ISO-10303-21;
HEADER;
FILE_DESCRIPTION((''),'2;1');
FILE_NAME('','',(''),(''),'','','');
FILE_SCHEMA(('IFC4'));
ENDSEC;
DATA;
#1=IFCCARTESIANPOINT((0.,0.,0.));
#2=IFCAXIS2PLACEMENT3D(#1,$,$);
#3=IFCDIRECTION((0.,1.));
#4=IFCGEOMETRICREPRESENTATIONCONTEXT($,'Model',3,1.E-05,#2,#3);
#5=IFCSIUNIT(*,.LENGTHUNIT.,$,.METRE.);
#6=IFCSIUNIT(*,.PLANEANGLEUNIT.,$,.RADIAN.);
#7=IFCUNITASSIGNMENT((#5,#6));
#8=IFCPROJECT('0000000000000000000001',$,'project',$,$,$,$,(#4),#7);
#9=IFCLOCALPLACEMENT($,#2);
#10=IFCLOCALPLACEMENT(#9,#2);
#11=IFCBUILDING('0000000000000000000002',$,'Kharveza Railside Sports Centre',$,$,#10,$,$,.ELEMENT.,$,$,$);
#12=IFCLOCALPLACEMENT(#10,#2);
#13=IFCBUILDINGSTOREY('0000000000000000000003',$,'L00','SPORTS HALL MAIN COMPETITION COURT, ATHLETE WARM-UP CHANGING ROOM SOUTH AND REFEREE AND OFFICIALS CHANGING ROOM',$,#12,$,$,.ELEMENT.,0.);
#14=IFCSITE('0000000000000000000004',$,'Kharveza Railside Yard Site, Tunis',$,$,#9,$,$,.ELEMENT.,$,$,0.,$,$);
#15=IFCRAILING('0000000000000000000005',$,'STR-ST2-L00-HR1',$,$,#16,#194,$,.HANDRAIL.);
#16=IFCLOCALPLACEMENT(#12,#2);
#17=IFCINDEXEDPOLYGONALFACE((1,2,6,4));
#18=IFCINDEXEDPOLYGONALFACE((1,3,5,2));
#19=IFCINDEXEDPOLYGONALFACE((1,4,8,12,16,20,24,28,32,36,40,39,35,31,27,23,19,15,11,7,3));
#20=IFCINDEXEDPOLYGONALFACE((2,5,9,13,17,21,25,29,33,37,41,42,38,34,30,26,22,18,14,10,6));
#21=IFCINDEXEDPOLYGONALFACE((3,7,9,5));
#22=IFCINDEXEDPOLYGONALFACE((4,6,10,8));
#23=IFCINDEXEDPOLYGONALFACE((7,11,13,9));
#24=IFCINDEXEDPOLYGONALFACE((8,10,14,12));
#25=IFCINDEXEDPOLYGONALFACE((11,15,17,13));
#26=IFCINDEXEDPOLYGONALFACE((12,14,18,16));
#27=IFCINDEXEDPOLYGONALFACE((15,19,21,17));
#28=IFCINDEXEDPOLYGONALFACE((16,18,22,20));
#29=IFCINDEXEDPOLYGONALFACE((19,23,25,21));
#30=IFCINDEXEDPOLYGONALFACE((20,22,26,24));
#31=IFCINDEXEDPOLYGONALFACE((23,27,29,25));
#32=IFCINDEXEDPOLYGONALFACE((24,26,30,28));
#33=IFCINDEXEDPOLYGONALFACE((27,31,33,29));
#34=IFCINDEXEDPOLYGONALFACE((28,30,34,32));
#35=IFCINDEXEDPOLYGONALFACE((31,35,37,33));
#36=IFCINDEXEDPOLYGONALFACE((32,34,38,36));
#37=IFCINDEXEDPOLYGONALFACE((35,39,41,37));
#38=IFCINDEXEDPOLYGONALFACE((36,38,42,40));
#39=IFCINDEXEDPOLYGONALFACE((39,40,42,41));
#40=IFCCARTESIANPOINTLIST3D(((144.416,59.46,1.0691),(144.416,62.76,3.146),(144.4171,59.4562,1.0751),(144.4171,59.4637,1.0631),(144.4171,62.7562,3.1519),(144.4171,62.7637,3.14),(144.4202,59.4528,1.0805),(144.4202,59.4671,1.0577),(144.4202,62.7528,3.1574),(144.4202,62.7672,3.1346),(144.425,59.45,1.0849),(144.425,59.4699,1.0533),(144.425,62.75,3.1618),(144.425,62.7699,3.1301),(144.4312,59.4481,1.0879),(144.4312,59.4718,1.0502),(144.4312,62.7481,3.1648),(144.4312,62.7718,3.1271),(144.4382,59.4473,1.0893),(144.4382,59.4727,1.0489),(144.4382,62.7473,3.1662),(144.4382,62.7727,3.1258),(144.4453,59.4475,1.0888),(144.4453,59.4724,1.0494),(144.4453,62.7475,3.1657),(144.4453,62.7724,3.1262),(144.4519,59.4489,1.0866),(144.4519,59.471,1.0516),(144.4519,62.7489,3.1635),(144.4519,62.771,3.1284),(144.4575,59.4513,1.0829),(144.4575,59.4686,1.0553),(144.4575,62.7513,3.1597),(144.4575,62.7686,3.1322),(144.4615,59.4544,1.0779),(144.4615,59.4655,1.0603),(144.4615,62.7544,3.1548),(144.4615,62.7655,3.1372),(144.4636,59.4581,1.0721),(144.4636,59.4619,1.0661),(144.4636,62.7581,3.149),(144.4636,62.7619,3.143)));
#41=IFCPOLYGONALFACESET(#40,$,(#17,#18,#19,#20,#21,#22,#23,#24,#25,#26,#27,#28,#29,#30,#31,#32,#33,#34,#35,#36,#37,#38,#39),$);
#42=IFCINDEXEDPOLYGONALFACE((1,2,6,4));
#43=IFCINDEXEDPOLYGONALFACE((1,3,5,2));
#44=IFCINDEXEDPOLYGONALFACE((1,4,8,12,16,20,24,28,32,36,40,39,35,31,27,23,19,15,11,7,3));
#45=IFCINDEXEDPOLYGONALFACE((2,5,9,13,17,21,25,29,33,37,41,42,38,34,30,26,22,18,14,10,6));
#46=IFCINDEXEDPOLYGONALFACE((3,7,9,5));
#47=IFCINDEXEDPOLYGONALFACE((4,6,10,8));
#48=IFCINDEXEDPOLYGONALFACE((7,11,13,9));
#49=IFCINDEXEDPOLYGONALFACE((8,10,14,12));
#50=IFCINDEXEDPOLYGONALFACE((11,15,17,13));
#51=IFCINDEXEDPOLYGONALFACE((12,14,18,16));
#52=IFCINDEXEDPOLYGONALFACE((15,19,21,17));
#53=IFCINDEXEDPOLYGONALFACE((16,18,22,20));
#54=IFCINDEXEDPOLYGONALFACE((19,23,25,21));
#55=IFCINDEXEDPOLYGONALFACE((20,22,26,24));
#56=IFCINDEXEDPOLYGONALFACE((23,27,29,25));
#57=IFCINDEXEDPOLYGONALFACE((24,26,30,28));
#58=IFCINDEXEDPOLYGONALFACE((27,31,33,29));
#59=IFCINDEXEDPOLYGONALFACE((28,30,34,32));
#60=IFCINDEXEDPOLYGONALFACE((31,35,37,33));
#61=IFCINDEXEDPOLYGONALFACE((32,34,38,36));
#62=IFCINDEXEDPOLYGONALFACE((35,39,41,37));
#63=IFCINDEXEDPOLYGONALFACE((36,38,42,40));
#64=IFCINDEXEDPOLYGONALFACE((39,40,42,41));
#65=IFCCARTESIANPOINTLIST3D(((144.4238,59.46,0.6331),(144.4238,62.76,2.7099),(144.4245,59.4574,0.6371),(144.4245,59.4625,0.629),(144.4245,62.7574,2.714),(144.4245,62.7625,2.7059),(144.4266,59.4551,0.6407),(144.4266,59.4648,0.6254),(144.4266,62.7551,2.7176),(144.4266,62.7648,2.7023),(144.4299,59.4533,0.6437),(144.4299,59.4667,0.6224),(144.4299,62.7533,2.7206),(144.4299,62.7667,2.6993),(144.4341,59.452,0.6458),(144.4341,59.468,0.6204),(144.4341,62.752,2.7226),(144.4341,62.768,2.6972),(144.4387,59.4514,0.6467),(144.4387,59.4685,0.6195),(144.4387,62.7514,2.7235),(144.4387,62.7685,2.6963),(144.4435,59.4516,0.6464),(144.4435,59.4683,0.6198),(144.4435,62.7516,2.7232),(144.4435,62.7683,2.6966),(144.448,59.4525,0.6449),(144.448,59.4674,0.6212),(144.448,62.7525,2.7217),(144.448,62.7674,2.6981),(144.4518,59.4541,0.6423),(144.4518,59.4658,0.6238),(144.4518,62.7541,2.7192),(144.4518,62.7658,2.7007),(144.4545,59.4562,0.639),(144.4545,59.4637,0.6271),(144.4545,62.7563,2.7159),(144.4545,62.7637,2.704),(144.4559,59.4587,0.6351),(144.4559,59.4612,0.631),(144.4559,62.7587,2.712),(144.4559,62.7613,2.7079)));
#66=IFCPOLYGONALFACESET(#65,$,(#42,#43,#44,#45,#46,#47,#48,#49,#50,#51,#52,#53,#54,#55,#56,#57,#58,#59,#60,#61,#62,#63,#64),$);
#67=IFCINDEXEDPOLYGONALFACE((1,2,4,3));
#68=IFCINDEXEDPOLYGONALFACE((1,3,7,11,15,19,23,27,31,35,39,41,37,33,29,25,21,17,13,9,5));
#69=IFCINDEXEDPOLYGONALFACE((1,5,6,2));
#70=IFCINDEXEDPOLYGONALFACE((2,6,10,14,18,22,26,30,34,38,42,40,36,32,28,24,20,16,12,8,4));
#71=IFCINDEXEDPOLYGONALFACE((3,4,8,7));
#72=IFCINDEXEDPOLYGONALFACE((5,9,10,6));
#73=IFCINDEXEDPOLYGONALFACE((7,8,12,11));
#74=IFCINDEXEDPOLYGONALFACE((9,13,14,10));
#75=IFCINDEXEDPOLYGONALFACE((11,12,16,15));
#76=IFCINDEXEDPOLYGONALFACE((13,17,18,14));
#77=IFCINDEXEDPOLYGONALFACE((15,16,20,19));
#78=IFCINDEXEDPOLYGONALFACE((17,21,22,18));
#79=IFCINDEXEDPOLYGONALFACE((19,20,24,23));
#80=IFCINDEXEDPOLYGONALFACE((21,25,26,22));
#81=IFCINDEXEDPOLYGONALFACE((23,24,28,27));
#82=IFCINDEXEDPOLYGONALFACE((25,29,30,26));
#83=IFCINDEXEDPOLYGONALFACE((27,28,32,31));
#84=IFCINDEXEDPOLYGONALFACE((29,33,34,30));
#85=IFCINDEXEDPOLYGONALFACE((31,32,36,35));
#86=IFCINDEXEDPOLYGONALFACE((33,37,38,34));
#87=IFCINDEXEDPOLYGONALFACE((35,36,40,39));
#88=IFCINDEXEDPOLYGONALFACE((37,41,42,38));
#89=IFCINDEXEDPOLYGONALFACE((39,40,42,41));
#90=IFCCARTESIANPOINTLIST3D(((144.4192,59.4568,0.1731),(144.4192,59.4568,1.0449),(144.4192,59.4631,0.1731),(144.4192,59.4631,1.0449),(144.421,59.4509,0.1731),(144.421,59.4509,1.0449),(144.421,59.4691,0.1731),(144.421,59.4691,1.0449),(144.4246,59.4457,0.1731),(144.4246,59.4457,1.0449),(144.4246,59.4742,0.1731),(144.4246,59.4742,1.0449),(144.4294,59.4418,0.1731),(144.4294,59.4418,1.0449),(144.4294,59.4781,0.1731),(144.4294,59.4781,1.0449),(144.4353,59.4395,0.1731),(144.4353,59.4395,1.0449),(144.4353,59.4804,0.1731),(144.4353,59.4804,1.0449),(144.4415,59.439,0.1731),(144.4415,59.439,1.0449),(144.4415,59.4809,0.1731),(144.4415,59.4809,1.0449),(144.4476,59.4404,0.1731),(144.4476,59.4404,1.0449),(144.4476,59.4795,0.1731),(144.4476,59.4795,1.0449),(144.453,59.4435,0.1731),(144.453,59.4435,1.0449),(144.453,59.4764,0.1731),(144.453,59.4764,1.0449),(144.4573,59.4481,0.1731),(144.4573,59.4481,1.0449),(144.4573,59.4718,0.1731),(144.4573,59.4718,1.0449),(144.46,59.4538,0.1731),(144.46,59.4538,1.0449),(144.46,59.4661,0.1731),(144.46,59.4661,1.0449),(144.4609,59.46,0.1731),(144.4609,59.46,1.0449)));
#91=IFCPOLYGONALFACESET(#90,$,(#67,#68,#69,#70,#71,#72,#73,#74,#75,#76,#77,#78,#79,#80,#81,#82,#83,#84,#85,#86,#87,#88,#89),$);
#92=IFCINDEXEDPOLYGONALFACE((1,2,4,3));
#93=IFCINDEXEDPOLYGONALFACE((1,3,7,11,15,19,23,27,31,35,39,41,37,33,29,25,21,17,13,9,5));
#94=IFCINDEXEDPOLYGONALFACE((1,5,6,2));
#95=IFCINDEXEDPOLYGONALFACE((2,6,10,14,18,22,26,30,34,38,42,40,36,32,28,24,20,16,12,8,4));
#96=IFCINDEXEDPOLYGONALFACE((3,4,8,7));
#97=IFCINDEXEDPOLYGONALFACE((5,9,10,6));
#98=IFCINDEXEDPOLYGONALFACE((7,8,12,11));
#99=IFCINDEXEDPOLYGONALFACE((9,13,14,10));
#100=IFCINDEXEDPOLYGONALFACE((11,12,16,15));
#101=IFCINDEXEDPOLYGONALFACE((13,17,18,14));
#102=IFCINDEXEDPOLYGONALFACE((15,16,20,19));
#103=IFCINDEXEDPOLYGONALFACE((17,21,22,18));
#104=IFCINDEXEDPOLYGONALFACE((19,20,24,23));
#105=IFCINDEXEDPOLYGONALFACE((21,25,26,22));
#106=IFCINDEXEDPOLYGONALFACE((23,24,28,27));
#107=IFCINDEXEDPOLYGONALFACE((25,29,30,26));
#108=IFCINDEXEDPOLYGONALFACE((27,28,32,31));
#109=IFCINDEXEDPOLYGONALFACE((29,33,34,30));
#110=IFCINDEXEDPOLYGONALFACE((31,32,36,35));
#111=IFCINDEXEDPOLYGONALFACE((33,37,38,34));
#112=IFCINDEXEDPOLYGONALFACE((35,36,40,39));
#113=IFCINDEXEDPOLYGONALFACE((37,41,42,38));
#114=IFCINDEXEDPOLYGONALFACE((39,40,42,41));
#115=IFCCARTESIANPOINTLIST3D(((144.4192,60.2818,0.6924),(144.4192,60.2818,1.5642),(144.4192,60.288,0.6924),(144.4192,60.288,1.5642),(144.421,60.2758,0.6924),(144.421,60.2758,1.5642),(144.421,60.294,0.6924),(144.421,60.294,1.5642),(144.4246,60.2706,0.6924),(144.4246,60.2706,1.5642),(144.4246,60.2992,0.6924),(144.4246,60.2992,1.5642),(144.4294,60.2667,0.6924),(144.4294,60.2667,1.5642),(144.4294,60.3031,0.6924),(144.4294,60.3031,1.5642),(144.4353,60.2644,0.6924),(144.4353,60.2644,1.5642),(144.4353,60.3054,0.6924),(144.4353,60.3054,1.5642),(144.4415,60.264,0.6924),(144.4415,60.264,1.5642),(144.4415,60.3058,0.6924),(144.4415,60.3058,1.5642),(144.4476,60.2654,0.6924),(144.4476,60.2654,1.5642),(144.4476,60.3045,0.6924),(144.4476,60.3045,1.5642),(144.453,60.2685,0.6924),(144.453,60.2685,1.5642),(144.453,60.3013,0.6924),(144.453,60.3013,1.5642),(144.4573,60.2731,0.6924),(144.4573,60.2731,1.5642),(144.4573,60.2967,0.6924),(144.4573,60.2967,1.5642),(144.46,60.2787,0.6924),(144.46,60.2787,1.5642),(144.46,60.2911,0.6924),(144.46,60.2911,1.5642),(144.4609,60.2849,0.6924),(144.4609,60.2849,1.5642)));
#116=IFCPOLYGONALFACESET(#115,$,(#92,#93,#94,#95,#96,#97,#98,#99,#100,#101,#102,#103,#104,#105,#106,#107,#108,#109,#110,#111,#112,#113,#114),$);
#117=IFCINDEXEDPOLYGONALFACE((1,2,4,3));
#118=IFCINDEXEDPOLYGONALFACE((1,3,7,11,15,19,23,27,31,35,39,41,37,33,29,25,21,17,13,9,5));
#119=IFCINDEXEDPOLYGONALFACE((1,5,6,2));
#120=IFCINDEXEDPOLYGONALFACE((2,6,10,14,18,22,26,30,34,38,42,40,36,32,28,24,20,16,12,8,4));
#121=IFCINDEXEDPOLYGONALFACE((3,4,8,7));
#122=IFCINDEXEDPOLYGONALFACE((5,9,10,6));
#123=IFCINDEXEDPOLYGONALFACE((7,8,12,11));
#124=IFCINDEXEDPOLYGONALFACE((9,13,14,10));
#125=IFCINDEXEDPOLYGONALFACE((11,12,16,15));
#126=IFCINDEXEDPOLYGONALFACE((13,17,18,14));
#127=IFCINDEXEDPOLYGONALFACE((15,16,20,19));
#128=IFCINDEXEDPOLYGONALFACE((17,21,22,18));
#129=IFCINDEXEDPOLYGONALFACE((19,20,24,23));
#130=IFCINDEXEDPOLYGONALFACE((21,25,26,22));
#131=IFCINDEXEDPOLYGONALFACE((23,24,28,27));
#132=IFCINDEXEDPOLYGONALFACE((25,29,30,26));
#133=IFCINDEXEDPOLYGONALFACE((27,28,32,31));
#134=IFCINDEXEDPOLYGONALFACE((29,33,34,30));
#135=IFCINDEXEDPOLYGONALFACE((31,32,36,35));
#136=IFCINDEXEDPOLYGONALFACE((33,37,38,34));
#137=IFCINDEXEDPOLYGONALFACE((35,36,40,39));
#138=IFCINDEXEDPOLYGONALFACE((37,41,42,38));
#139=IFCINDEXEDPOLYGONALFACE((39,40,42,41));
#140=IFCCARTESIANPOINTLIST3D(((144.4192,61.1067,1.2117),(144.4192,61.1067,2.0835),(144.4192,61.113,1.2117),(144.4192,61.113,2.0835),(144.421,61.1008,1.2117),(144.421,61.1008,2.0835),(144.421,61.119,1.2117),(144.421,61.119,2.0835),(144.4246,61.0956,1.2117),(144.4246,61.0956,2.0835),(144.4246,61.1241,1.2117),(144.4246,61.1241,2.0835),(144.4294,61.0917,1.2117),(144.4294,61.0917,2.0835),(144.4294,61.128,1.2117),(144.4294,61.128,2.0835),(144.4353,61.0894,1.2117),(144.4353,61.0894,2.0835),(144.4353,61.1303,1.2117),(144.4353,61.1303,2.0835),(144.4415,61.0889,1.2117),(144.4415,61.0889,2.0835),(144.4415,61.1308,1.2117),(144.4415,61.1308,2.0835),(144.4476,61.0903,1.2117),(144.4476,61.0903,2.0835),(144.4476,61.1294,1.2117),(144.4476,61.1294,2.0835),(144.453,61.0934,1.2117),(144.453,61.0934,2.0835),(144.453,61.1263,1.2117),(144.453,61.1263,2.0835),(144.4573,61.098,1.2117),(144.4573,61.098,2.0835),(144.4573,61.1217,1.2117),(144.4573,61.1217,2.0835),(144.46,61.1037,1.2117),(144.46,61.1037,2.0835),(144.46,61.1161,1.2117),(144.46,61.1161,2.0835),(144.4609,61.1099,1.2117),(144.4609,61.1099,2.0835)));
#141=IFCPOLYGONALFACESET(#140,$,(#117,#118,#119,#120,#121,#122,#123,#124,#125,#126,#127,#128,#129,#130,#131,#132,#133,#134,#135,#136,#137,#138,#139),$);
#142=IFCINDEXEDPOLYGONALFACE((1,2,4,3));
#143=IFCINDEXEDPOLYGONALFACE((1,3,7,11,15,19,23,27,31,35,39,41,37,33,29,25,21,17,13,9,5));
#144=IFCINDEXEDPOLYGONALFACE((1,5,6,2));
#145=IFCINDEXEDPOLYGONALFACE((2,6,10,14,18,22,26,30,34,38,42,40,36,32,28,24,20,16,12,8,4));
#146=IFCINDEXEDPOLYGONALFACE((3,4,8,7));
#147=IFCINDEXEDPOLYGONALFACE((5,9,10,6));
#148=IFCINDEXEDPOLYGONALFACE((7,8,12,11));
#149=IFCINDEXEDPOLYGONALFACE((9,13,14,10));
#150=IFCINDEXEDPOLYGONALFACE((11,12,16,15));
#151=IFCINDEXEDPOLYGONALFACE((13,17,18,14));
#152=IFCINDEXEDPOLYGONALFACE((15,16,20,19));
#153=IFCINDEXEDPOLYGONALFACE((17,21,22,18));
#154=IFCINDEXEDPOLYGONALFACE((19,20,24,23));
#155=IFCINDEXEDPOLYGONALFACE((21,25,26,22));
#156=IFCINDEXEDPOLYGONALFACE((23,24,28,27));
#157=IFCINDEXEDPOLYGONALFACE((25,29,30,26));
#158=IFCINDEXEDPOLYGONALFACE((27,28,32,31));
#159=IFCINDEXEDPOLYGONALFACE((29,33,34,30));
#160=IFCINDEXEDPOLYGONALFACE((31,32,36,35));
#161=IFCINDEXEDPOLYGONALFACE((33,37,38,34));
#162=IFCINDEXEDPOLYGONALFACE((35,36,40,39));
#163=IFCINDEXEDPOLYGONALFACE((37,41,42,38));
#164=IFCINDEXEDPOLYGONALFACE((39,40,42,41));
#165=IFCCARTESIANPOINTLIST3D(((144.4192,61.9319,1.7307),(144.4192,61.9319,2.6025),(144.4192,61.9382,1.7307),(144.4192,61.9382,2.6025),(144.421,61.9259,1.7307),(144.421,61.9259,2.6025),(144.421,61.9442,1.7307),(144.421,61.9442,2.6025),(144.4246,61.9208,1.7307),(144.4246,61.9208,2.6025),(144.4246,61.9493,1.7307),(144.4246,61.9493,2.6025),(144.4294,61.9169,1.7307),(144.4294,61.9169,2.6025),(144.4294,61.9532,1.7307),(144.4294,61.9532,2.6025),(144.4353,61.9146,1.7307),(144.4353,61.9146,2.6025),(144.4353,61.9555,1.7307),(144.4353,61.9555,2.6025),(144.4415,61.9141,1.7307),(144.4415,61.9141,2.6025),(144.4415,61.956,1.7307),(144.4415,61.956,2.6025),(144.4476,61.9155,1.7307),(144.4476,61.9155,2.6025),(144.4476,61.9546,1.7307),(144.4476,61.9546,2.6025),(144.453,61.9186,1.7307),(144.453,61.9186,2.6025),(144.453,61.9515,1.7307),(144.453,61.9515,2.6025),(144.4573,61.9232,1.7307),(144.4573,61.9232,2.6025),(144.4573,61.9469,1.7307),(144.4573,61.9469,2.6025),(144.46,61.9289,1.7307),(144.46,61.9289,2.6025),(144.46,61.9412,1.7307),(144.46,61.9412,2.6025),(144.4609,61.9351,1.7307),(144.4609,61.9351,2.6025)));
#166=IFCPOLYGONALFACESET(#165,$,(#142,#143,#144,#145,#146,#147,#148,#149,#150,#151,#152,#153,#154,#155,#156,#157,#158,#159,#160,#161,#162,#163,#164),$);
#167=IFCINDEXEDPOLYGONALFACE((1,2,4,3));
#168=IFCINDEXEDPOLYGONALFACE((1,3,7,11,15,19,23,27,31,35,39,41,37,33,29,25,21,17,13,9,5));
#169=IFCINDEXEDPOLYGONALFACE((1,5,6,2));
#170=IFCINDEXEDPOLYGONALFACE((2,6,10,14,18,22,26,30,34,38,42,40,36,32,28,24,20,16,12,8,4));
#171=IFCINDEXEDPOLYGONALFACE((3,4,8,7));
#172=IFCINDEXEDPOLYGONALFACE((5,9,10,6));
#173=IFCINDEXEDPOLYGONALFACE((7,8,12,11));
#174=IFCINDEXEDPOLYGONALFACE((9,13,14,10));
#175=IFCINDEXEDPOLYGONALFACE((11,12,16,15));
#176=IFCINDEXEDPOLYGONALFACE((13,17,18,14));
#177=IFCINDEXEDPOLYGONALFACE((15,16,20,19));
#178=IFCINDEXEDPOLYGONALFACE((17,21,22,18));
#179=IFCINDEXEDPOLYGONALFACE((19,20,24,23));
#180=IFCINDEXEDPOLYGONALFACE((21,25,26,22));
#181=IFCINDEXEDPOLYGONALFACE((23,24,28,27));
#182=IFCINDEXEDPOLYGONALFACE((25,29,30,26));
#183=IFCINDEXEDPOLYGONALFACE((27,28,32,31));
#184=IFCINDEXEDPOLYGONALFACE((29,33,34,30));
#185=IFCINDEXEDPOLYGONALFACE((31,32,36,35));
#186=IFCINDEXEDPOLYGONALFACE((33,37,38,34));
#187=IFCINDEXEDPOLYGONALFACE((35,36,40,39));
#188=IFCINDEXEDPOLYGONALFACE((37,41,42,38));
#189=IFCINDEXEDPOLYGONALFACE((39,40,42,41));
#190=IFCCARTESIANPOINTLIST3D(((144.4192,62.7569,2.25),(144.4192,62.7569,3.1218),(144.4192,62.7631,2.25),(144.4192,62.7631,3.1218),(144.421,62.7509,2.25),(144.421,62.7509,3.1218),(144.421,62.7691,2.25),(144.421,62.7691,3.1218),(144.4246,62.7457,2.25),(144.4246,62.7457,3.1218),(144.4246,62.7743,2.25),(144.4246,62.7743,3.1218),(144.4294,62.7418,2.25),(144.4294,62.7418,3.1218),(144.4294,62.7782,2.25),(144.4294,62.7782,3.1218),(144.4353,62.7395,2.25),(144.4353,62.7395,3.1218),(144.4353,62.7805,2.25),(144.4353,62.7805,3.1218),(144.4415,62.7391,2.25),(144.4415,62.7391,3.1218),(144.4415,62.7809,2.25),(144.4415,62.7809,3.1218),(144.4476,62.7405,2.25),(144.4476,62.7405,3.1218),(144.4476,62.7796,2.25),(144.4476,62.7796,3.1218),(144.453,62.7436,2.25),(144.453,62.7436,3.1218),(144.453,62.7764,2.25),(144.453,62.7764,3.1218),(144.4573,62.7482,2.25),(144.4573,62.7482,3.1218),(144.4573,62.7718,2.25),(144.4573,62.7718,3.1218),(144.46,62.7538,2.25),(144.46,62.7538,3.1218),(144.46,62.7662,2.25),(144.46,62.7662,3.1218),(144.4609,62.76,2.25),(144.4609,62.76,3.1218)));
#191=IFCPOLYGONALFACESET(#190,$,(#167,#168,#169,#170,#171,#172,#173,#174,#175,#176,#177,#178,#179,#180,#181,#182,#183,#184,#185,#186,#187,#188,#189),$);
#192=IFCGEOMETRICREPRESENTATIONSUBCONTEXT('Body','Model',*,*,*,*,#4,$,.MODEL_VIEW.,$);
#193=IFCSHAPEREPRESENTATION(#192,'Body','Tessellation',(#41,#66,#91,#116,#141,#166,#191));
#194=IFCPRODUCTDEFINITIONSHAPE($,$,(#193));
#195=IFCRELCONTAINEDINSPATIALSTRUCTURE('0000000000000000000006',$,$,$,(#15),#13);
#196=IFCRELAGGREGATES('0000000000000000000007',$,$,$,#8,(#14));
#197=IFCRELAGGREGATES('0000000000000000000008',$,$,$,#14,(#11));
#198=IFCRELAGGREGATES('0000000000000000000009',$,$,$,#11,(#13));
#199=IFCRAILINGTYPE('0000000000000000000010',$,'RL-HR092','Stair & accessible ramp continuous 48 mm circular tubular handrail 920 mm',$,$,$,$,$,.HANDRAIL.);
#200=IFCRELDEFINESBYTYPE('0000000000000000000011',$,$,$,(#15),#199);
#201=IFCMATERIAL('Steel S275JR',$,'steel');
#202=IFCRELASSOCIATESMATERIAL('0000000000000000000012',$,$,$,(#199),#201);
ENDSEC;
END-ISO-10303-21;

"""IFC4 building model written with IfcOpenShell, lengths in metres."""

from ifc_helpers import new_model, si_unit, direction, frame, origin, origin_2d, place, context, subcontext, project, spatial, circle, extrude, material, type_object, element, save


model = new_model("IFC4")

# Units and contexts
model_context = context("Model", 3, precision=1e-05, world=origin(), true_north=direction((0.0, 1.0)))
body_context = subcontext(model_context, "Body", "Model", "MODEL_VIEW")
ifc_project = project(units=[si_unit("LENGTHUNIT", "METRE"), si_unit("PLANEANGLEUNIT", "RADIAN")], contexts=[model_context])

# Site, building, storey
site_placement = place(None, origin())
site = spatial("IfcSite", under=ifc_project, at=site_placement, Name="Kharveza Railside Yard Site, Tunis", CompositionType="ELEMENT", RefElevation=0.0)
building_placement = place(site_placement, origin())
building = spatial("IfcBuilding", under=site, at=building_placement, Name="Kharveza Railside Sports Centre", CompositionType="ELEMENT")
storey_placement = place(building_placement, origin())
storey = spatial("IfcBuildingStorey", under=building, at=storey_placement, Name="L00", Description="SPORTS HALL MAIN COMPETITION COURT, ATHLETE WARM-UP CHANGING ROOM SOUTH AND REFEREE AND OFFICIALS CHANGING ROOM", CompositionType="ELEMENT", Elevation=0.0)

# Railing
ifc_material_1 = material(Name="Steel S275JR", Category="steel")
railing_type_1 = type_object("IfcRailingType", Name="RL-HR092", Description="Stair & accessible ramp continuous 48 mm circular tubular handrail 920 mm", PredefinedType="HANDRAIL", material=ifc_material_1)
railing_1_placement = place(storey_placement, frame((144.4399, 59.46, 0.1731)))
element("IfcRailing", 1, at=railing_1_placement, inside=storey, type_object=railing_type_1, Name="STR-ST2-L00-HR1", PredefinedType="HANDRAIL", context=body_context, shape_type="SweptSolid", body=[
    extrude(circle(Radius=0.0239, at=origin_2d()), frame((0.0, 0.0, 0.896), z_axis=(0.0, 0.846337, 0.532647), x_axis=(-1.0, 0.0, 0.0)), (0.0, 0.0, 1.0), 3.8992),
    extrude(circle(Radius=0.0161, at=origin_2d()), frame((0.0, 0.0, 0.46), z_axis=(0.0, 0.846337, 0.532647), x_axis=(-1.0, 0.0, 0.0)), (0.0, 0.0, 1.0), 3.8992),
    extrude(circle(Radius=0.021, at=origin_2d()), origin(), (0.0, 0.0, 1.0), 0.8718),
    extrude(circle(Radius=0.021, at=origin_2d()), frame((0.0, 0.825, 0.5193)), (0.0, 0.0, 1.0), 0.8718),
    extrude(circle(Radius=0.021, at=origin_2d()), frame((0.0, 1.6499, 1.0386)), (0.0, 0.0, 1.0), 0.8718),
    extrude(circle(Radius=0.021, at=origin_2d()), frame((0.0, 2.4751, 1.5576)), (0.0, 0.0, 1.0), 0.8718),
    extrude(circle(Radius=0.021, at=origin_2d()), frame((0.0, 3.3, 2.0769)), (0.0, 0.0, 1.0), 0.8718),
])

save(model, "model.ifc")
